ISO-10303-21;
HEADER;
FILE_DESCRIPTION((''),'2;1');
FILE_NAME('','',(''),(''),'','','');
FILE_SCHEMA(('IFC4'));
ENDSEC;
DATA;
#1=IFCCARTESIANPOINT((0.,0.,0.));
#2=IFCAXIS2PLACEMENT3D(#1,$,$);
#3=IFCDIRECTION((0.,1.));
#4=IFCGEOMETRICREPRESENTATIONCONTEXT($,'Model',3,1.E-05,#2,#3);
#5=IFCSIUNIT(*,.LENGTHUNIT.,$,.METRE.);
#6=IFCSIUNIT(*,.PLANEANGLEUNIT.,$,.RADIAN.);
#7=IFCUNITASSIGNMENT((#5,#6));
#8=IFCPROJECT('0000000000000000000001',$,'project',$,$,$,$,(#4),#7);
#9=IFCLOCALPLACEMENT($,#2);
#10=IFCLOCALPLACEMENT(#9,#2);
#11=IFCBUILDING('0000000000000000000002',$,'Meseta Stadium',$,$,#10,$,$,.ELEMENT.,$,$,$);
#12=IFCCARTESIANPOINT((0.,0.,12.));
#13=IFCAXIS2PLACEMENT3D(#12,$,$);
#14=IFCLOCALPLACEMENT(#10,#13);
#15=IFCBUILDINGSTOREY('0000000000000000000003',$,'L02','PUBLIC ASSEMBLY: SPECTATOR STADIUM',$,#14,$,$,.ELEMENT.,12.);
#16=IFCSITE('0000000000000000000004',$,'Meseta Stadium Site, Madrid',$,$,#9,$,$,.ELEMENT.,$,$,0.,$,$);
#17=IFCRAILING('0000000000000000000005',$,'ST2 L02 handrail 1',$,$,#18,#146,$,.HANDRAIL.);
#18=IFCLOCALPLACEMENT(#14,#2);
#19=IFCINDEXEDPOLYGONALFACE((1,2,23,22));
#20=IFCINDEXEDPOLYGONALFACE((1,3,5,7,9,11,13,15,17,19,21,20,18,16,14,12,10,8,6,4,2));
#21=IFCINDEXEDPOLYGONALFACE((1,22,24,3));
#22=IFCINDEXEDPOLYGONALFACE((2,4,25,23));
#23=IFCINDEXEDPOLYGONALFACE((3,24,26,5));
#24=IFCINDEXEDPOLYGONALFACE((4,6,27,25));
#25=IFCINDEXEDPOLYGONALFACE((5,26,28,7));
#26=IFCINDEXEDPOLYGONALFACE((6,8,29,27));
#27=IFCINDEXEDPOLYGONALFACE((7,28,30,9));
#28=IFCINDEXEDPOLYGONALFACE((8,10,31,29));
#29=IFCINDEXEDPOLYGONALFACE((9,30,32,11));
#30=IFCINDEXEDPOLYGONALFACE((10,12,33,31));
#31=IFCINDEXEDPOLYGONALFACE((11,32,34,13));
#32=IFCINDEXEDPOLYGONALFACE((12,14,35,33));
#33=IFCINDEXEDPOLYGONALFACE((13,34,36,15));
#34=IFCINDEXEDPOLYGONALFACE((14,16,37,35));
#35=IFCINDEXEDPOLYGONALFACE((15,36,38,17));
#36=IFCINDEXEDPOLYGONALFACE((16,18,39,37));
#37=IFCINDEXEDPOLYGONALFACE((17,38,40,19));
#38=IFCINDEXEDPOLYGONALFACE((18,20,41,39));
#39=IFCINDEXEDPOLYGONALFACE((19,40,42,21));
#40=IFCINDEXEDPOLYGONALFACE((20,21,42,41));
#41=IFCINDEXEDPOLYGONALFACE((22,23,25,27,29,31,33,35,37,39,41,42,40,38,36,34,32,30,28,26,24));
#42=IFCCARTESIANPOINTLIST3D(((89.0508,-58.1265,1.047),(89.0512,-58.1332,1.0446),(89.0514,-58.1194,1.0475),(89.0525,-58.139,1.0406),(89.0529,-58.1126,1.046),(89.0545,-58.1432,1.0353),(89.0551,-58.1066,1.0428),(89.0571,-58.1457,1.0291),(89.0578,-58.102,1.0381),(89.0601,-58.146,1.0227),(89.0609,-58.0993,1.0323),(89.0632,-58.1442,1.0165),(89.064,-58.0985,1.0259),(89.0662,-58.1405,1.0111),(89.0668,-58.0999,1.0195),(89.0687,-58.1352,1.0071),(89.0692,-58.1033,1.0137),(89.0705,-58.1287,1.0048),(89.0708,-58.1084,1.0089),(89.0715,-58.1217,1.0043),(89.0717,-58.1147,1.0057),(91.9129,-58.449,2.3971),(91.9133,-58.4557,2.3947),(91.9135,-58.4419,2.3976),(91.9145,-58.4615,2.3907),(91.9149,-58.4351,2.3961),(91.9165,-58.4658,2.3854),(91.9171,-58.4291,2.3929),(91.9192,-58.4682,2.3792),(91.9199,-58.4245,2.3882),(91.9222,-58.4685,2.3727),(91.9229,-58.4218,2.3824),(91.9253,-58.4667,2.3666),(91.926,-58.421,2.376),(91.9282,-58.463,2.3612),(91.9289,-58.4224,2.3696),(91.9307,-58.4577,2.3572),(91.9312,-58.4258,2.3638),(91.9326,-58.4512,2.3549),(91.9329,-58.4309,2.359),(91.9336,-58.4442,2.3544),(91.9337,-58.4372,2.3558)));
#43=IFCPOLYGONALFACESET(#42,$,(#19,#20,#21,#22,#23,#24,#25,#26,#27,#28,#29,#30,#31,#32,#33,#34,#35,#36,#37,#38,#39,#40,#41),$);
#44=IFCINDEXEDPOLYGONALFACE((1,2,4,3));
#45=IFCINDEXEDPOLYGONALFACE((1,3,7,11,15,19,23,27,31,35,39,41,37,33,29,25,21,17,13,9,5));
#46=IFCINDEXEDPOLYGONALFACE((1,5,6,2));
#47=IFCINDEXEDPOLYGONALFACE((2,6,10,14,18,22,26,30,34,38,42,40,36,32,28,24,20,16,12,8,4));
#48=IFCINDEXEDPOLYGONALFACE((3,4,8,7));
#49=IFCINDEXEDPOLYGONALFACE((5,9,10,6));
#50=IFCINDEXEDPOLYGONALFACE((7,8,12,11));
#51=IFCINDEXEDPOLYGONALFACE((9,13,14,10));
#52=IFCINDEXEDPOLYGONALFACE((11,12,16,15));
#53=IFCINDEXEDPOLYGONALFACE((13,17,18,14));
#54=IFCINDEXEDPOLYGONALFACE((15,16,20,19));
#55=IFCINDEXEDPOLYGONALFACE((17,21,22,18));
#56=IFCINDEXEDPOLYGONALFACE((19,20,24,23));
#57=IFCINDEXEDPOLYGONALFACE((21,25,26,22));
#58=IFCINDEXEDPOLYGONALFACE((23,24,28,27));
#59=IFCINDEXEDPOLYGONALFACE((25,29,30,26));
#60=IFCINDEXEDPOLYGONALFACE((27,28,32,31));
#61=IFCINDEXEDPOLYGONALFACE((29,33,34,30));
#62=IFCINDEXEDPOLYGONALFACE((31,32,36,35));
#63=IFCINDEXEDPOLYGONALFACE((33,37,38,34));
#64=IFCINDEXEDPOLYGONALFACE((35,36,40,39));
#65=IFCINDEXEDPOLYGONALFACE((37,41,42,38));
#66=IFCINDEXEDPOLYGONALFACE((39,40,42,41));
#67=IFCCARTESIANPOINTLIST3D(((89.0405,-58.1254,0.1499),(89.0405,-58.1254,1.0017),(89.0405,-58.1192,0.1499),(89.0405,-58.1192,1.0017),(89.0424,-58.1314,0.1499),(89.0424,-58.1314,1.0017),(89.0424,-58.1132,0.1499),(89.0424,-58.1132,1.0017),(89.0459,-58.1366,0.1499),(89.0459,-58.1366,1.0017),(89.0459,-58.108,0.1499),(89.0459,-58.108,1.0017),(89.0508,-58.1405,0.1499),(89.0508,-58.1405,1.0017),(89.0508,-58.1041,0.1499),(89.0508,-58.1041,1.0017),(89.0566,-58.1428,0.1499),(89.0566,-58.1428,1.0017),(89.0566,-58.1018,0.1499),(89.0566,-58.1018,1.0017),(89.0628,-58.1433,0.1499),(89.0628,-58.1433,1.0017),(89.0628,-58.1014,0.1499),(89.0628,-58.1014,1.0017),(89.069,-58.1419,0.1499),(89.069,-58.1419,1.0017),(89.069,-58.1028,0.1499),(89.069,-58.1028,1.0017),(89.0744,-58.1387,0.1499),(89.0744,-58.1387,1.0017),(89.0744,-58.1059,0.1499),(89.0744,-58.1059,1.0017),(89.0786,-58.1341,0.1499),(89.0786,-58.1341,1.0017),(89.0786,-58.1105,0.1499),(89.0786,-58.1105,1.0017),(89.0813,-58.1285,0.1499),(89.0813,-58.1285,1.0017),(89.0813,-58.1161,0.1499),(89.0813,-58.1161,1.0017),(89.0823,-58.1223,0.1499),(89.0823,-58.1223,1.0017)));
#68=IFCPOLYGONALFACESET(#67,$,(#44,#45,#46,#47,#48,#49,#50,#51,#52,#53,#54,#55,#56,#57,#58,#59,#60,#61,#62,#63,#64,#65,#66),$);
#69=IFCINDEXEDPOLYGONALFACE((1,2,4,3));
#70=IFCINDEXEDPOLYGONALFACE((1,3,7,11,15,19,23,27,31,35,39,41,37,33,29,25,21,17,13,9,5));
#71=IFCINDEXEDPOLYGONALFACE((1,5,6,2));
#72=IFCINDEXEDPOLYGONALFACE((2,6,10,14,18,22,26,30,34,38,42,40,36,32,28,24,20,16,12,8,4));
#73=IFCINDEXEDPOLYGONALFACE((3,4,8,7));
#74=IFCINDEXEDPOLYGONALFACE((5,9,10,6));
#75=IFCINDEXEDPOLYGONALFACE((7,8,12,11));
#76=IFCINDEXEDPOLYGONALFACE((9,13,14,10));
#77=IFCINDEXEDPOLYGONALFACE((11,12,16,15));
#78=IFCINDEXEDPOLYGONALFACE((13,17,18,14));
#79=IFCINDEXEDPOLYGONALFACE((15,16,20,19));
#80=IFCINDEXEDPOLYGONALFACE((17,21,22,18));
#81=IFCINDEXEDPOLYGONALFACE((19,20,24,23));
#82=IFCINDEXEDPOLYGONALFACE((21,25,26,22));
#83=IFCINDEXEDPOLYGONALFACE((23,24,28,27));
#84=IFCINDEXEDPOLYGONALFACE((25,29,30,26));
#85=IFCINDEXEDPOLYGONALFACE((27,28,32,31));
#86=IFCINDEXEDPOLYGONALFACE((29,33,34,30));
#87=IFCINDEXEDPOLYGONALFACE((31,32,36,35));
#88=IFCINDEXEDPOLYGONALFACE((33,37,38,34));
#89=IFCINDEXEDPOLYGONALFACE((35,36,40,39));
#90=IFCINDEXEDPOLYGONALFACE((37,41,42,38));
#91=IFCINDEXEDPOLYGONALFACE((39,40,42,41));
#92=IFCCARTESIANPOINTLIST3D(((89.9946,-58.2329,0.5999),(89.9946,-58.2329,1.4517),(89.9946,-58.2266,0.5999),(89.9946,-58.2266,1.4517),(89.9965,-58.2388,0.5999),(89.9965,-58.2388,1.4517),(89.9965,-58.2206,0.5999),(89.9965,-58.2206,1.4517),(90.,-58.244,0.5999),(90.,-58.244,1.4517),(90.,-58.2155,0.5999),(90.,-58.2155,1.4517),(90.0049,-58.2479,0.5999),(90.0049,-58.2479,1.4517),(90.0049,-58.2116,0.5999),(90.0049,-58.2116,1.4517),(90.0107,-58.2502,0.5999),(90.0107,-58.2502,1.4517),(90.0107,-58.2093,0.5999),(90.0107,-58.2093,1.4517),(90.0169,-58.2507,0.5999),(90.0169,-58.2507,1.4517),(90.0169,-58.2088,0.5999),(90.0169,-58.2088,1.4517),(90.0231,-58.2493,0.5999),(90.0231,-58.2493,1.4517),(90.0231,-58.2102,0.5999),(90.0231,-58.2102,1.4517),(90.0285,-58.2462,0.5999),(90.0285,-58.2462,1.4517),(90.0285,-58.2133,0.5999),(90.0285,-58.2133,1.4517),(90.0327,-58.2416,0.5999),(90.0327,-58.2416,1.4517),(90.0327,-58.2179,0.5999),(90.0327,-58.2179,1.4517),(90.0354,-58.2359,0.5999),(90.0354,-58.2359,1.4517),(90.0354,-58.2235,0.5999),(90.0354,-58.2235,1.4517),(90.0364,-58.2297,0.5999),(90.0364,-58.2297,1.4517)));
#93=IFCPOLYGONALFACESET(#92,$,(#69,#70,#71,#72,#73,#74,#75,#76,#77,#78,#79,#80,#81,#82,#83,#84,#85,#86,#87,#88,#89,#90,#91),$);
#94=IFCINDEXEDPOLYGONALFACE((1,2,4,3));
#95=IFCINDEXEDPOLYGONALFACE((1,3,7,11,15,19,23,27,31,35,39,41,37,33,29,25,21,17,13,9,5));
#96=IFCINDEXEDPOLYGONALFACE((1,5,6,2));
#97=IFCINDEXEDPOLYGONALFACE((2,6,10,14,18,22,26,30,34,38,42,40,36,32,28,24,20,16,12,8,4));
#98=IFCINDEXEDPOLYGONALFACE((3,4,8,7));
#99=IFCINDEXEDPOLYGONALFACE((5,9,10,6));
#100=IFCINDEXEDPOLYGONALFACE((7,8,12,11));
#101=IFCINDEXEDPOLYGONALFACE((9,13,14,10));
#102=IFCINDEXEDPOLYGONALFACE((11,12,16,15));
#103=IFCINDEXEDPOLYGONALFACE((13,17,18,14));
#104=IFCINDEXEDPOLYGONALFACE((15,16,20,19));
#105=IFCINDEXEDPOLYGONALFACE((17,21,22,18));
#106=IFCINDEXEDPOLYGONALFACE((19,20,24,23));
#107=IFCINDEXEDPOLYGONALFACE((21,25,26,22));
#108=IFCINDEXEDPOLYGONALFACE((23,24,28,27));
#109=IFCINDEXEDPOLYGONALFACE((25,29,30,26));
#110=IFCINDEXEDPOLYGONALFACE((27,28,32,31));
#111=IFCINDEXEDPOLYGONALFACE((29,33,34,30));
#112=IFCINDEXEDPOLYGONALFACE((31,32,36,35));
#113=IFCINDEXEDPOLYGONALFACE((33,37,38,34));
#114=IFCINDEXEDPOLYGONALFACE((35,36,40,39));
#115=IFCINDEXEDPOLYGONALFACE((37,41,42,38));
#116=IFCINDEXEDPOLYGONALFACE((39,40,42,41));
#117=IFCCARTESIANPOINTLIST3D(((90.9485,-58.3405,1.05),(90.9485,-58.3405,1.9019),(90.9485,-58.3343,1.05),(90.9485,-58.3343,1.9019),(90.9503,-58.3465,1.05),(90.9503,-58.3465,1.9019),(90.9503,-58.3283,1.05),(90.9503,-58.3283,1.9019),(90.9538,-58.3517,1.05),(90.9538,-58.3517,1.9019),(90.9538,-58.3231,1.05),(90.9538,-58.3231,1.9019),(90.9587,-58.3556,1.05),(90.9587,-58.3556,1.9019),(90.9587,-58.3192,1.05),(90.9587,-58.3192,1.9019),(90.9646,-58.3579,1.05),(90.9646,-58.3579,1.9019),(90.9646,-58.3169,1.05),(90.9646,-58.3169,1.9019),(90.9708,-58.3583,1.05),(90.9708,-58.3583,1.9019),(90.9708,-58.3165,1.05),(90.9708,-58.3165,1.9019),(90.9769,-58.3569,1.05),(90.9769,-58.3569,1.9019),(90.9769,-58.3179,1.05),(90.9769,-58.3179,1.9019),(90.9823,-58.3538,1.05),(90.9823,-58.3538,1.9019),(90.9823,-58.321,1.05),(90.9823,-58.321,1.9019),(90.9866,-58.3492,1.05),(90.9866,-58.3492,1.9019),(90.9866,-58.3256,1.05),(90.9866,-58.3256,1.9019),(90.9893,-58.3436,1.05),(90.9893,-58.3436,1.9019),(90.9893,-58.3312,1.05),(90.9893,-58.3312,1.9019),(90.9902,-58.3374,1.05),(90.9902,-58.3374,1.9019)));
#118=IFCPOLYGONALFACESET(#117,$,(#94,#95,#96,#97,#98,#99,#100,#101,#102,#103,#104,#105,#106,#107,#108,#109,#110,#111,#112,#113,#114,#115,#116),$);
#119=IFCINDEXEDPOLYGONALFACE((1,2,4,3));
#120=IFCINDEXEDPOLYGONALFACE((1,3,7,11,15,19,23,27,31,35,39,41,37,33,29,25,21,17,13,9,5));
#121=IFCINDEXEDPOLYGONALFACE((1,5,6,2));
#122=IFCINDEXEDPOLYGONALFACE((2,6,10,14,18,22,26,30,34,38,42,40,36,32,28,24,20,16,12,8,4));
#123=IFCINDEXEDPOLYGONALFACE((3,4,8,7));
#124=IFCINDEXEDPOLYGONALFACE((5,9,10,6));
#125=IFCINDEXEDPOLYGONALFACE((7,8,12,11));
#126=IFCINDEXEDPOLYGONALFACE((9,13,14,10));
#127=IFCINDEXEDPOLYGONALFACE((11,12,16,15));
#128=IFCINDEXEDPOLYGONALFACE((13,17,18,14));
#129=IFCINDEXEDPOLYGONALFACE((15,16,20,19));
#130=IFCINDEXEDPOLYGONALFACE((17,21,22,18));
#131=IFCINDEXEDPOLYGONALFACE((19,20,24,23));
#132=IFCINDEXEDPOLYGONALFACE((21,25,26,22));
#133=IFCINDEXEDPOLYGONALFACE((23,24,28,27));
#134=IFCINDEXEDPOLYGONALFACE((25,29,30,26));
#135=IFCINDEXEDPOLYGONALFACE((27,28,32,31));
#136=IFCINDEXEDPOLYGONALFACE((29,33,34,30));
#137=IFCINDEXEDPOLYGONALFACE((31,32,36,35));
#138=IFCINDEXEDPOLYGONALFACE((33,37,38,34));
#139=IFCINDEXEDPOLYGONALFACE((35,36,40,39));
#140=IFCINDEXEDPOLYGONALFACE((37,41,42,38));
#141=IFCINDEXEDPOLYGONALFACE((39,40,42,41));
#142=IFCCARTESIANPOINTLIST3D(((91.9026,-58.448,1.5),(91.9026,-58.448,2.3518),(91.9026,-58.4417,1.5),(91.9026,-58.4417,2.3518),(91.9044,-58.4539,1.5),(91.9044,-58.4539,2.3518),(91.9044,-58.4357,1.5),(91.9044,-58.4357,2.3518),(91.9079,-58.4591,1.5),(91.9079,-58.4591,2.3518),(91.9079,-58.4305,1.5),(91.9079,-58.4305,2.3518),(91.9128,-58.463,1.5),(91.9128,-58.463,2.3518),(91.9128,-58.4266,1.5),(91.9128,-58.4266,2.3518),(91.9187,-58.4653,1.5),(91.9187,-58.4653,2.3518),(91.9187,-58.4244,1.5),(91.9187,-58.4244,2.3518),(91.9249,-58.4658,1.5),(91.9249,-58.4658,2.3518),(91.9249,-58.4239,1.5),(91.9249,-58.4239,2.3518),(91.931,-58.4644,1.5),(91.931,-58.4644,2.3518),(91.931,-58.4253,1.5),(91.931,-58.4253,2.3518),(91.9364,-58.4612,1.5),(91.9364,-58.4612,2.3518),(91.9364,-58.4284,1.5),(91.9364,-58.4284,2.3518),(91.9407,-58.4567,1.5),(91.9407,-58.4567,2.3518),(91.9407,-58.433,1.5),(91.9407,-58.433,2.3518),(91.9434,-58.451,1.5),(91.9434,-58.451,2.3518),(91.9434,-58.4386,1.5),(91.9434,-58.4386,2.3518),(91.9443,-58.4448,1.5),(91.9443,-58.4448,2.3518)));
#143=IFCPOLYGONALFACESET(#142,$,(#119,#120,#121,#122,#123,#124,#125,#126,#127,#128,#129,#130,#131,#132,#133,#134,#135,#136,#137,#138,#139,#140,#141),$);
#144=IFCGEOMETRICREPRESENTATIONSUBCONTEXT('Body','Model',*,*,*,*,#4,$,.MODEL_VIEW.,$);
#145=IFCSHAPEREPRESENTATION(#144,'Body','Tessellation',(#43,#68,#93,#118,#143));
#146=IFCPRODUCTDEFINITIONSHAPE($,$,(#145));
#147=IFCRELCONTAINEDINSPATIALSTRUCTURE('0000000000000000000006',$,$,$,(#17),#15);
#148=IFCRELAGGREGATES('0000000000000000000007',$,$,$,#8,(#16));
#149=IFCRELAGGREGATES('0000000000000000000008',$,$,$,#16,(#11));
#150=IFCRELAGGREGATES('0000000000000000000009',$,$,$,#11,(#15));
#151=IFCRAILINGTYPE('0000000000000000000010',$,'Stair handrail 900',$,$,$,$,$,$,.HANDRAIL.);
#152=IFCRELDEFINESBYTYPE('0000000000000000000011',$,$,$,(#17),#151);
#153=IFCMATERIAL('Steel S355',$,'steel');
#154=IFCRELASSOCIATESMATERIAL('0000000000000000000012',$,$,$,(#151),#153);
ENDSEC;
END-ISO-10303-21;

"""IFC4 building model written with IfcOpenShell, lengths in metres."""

from ifc_helpers import new_model, si_unit, direction, frame, origin, origin_2d, place, context, subcontext, project, spatial, circle, extrude, material, type_object, element, save


model = new_model("IFC4")

# Units and contexts
model_context = context("Model", 3, precision=1e-05, world=origin(), true_north=direction((0.0, 1.0)))
body_context = subcontext(model_context, "Body", "Model", "MODEL_VIEW")
ifc_project = project(units=[si_unit("LENGTHUNIT", "METRE"), si_unit("PLANEANGLEUNIT", "RADIAN")], contexts=[model_context])

# Site, building, storey
site_placement = place(None, origin())
site = spatial("IfcSite", under=ifc_project, at=site_placement, Name="Meseta Stadium Site, Madrid", CompositionType="ELEMENT", RefElevation=0.0)
building_placement = place(site_placement, origin())
building = spatial("IfcBuilding", under=site, at=building_placement, Name="Meseta Stadium", CompositionType="ELEMENT")
storey_placement = place(building_placement, frame((0.0, 0.0, 12.0)))
storey = spatial("IfcBuildingStorey", under=building, at=storey_placement, Name="L02", Description="PUBLIC ASSEMBLY: SPECTATOR STADIUM", CompositionType="ELEMENT", Elevation=12.0)

# Railing
ifc_material_1 = material(Name="Steel S355", Category="steel")
railing_type_1 = type_object("IfcRailingType", Name="Stair handrail 900", PredefinedType="HANDRAIL", material=ifc_material_1)
for number, where, name in (
    (1, (89.0613, -58.1223, 0.1499), "ST2 L02 handrail 1"),
):
    element("IfcRailing", number, at=place(storey_placement, frame(where)), inside=storey, type_object=railing_type_1, Name=name, PredefinedType="HANDRAIL", context=body_context, shape_type="SweptSolid", body=[
        extrude(circle(Radius=0.0239, at=origin_2d()), frame((0.0, 0.0, 0.876), z_axis=(0.899763, -0.101389, 0.424438), x_axis=(0.111976, 0.993711, 0.0)), (0.0, 0.0, 1.0), 3.1809),
        extrude(circle(Radius=0.021, at=origin_2d()), origin(), (0.0, 0.0, 1.0), 0.8518),
        extrude(circle(Radius=0.021, at=origin_2d()), frame((0.9541, -0.1074, 0.45)), (0.0, 0.0, 1.0), 0.8518),
        extrude(circle(Radius=0.021, at=origin_2d()), frame((1.908, -0.2151, 0.9001)), (0.0, 0.0, 1.0), 0.8518),
        extrude(circle(Radius=0.021, at=origin_2d()), frame((2.8621, -0.3225, 1.3501)), (0.0, 0.0, 1.0), 0.8518),
    ])

save(model, "model.ifc")
